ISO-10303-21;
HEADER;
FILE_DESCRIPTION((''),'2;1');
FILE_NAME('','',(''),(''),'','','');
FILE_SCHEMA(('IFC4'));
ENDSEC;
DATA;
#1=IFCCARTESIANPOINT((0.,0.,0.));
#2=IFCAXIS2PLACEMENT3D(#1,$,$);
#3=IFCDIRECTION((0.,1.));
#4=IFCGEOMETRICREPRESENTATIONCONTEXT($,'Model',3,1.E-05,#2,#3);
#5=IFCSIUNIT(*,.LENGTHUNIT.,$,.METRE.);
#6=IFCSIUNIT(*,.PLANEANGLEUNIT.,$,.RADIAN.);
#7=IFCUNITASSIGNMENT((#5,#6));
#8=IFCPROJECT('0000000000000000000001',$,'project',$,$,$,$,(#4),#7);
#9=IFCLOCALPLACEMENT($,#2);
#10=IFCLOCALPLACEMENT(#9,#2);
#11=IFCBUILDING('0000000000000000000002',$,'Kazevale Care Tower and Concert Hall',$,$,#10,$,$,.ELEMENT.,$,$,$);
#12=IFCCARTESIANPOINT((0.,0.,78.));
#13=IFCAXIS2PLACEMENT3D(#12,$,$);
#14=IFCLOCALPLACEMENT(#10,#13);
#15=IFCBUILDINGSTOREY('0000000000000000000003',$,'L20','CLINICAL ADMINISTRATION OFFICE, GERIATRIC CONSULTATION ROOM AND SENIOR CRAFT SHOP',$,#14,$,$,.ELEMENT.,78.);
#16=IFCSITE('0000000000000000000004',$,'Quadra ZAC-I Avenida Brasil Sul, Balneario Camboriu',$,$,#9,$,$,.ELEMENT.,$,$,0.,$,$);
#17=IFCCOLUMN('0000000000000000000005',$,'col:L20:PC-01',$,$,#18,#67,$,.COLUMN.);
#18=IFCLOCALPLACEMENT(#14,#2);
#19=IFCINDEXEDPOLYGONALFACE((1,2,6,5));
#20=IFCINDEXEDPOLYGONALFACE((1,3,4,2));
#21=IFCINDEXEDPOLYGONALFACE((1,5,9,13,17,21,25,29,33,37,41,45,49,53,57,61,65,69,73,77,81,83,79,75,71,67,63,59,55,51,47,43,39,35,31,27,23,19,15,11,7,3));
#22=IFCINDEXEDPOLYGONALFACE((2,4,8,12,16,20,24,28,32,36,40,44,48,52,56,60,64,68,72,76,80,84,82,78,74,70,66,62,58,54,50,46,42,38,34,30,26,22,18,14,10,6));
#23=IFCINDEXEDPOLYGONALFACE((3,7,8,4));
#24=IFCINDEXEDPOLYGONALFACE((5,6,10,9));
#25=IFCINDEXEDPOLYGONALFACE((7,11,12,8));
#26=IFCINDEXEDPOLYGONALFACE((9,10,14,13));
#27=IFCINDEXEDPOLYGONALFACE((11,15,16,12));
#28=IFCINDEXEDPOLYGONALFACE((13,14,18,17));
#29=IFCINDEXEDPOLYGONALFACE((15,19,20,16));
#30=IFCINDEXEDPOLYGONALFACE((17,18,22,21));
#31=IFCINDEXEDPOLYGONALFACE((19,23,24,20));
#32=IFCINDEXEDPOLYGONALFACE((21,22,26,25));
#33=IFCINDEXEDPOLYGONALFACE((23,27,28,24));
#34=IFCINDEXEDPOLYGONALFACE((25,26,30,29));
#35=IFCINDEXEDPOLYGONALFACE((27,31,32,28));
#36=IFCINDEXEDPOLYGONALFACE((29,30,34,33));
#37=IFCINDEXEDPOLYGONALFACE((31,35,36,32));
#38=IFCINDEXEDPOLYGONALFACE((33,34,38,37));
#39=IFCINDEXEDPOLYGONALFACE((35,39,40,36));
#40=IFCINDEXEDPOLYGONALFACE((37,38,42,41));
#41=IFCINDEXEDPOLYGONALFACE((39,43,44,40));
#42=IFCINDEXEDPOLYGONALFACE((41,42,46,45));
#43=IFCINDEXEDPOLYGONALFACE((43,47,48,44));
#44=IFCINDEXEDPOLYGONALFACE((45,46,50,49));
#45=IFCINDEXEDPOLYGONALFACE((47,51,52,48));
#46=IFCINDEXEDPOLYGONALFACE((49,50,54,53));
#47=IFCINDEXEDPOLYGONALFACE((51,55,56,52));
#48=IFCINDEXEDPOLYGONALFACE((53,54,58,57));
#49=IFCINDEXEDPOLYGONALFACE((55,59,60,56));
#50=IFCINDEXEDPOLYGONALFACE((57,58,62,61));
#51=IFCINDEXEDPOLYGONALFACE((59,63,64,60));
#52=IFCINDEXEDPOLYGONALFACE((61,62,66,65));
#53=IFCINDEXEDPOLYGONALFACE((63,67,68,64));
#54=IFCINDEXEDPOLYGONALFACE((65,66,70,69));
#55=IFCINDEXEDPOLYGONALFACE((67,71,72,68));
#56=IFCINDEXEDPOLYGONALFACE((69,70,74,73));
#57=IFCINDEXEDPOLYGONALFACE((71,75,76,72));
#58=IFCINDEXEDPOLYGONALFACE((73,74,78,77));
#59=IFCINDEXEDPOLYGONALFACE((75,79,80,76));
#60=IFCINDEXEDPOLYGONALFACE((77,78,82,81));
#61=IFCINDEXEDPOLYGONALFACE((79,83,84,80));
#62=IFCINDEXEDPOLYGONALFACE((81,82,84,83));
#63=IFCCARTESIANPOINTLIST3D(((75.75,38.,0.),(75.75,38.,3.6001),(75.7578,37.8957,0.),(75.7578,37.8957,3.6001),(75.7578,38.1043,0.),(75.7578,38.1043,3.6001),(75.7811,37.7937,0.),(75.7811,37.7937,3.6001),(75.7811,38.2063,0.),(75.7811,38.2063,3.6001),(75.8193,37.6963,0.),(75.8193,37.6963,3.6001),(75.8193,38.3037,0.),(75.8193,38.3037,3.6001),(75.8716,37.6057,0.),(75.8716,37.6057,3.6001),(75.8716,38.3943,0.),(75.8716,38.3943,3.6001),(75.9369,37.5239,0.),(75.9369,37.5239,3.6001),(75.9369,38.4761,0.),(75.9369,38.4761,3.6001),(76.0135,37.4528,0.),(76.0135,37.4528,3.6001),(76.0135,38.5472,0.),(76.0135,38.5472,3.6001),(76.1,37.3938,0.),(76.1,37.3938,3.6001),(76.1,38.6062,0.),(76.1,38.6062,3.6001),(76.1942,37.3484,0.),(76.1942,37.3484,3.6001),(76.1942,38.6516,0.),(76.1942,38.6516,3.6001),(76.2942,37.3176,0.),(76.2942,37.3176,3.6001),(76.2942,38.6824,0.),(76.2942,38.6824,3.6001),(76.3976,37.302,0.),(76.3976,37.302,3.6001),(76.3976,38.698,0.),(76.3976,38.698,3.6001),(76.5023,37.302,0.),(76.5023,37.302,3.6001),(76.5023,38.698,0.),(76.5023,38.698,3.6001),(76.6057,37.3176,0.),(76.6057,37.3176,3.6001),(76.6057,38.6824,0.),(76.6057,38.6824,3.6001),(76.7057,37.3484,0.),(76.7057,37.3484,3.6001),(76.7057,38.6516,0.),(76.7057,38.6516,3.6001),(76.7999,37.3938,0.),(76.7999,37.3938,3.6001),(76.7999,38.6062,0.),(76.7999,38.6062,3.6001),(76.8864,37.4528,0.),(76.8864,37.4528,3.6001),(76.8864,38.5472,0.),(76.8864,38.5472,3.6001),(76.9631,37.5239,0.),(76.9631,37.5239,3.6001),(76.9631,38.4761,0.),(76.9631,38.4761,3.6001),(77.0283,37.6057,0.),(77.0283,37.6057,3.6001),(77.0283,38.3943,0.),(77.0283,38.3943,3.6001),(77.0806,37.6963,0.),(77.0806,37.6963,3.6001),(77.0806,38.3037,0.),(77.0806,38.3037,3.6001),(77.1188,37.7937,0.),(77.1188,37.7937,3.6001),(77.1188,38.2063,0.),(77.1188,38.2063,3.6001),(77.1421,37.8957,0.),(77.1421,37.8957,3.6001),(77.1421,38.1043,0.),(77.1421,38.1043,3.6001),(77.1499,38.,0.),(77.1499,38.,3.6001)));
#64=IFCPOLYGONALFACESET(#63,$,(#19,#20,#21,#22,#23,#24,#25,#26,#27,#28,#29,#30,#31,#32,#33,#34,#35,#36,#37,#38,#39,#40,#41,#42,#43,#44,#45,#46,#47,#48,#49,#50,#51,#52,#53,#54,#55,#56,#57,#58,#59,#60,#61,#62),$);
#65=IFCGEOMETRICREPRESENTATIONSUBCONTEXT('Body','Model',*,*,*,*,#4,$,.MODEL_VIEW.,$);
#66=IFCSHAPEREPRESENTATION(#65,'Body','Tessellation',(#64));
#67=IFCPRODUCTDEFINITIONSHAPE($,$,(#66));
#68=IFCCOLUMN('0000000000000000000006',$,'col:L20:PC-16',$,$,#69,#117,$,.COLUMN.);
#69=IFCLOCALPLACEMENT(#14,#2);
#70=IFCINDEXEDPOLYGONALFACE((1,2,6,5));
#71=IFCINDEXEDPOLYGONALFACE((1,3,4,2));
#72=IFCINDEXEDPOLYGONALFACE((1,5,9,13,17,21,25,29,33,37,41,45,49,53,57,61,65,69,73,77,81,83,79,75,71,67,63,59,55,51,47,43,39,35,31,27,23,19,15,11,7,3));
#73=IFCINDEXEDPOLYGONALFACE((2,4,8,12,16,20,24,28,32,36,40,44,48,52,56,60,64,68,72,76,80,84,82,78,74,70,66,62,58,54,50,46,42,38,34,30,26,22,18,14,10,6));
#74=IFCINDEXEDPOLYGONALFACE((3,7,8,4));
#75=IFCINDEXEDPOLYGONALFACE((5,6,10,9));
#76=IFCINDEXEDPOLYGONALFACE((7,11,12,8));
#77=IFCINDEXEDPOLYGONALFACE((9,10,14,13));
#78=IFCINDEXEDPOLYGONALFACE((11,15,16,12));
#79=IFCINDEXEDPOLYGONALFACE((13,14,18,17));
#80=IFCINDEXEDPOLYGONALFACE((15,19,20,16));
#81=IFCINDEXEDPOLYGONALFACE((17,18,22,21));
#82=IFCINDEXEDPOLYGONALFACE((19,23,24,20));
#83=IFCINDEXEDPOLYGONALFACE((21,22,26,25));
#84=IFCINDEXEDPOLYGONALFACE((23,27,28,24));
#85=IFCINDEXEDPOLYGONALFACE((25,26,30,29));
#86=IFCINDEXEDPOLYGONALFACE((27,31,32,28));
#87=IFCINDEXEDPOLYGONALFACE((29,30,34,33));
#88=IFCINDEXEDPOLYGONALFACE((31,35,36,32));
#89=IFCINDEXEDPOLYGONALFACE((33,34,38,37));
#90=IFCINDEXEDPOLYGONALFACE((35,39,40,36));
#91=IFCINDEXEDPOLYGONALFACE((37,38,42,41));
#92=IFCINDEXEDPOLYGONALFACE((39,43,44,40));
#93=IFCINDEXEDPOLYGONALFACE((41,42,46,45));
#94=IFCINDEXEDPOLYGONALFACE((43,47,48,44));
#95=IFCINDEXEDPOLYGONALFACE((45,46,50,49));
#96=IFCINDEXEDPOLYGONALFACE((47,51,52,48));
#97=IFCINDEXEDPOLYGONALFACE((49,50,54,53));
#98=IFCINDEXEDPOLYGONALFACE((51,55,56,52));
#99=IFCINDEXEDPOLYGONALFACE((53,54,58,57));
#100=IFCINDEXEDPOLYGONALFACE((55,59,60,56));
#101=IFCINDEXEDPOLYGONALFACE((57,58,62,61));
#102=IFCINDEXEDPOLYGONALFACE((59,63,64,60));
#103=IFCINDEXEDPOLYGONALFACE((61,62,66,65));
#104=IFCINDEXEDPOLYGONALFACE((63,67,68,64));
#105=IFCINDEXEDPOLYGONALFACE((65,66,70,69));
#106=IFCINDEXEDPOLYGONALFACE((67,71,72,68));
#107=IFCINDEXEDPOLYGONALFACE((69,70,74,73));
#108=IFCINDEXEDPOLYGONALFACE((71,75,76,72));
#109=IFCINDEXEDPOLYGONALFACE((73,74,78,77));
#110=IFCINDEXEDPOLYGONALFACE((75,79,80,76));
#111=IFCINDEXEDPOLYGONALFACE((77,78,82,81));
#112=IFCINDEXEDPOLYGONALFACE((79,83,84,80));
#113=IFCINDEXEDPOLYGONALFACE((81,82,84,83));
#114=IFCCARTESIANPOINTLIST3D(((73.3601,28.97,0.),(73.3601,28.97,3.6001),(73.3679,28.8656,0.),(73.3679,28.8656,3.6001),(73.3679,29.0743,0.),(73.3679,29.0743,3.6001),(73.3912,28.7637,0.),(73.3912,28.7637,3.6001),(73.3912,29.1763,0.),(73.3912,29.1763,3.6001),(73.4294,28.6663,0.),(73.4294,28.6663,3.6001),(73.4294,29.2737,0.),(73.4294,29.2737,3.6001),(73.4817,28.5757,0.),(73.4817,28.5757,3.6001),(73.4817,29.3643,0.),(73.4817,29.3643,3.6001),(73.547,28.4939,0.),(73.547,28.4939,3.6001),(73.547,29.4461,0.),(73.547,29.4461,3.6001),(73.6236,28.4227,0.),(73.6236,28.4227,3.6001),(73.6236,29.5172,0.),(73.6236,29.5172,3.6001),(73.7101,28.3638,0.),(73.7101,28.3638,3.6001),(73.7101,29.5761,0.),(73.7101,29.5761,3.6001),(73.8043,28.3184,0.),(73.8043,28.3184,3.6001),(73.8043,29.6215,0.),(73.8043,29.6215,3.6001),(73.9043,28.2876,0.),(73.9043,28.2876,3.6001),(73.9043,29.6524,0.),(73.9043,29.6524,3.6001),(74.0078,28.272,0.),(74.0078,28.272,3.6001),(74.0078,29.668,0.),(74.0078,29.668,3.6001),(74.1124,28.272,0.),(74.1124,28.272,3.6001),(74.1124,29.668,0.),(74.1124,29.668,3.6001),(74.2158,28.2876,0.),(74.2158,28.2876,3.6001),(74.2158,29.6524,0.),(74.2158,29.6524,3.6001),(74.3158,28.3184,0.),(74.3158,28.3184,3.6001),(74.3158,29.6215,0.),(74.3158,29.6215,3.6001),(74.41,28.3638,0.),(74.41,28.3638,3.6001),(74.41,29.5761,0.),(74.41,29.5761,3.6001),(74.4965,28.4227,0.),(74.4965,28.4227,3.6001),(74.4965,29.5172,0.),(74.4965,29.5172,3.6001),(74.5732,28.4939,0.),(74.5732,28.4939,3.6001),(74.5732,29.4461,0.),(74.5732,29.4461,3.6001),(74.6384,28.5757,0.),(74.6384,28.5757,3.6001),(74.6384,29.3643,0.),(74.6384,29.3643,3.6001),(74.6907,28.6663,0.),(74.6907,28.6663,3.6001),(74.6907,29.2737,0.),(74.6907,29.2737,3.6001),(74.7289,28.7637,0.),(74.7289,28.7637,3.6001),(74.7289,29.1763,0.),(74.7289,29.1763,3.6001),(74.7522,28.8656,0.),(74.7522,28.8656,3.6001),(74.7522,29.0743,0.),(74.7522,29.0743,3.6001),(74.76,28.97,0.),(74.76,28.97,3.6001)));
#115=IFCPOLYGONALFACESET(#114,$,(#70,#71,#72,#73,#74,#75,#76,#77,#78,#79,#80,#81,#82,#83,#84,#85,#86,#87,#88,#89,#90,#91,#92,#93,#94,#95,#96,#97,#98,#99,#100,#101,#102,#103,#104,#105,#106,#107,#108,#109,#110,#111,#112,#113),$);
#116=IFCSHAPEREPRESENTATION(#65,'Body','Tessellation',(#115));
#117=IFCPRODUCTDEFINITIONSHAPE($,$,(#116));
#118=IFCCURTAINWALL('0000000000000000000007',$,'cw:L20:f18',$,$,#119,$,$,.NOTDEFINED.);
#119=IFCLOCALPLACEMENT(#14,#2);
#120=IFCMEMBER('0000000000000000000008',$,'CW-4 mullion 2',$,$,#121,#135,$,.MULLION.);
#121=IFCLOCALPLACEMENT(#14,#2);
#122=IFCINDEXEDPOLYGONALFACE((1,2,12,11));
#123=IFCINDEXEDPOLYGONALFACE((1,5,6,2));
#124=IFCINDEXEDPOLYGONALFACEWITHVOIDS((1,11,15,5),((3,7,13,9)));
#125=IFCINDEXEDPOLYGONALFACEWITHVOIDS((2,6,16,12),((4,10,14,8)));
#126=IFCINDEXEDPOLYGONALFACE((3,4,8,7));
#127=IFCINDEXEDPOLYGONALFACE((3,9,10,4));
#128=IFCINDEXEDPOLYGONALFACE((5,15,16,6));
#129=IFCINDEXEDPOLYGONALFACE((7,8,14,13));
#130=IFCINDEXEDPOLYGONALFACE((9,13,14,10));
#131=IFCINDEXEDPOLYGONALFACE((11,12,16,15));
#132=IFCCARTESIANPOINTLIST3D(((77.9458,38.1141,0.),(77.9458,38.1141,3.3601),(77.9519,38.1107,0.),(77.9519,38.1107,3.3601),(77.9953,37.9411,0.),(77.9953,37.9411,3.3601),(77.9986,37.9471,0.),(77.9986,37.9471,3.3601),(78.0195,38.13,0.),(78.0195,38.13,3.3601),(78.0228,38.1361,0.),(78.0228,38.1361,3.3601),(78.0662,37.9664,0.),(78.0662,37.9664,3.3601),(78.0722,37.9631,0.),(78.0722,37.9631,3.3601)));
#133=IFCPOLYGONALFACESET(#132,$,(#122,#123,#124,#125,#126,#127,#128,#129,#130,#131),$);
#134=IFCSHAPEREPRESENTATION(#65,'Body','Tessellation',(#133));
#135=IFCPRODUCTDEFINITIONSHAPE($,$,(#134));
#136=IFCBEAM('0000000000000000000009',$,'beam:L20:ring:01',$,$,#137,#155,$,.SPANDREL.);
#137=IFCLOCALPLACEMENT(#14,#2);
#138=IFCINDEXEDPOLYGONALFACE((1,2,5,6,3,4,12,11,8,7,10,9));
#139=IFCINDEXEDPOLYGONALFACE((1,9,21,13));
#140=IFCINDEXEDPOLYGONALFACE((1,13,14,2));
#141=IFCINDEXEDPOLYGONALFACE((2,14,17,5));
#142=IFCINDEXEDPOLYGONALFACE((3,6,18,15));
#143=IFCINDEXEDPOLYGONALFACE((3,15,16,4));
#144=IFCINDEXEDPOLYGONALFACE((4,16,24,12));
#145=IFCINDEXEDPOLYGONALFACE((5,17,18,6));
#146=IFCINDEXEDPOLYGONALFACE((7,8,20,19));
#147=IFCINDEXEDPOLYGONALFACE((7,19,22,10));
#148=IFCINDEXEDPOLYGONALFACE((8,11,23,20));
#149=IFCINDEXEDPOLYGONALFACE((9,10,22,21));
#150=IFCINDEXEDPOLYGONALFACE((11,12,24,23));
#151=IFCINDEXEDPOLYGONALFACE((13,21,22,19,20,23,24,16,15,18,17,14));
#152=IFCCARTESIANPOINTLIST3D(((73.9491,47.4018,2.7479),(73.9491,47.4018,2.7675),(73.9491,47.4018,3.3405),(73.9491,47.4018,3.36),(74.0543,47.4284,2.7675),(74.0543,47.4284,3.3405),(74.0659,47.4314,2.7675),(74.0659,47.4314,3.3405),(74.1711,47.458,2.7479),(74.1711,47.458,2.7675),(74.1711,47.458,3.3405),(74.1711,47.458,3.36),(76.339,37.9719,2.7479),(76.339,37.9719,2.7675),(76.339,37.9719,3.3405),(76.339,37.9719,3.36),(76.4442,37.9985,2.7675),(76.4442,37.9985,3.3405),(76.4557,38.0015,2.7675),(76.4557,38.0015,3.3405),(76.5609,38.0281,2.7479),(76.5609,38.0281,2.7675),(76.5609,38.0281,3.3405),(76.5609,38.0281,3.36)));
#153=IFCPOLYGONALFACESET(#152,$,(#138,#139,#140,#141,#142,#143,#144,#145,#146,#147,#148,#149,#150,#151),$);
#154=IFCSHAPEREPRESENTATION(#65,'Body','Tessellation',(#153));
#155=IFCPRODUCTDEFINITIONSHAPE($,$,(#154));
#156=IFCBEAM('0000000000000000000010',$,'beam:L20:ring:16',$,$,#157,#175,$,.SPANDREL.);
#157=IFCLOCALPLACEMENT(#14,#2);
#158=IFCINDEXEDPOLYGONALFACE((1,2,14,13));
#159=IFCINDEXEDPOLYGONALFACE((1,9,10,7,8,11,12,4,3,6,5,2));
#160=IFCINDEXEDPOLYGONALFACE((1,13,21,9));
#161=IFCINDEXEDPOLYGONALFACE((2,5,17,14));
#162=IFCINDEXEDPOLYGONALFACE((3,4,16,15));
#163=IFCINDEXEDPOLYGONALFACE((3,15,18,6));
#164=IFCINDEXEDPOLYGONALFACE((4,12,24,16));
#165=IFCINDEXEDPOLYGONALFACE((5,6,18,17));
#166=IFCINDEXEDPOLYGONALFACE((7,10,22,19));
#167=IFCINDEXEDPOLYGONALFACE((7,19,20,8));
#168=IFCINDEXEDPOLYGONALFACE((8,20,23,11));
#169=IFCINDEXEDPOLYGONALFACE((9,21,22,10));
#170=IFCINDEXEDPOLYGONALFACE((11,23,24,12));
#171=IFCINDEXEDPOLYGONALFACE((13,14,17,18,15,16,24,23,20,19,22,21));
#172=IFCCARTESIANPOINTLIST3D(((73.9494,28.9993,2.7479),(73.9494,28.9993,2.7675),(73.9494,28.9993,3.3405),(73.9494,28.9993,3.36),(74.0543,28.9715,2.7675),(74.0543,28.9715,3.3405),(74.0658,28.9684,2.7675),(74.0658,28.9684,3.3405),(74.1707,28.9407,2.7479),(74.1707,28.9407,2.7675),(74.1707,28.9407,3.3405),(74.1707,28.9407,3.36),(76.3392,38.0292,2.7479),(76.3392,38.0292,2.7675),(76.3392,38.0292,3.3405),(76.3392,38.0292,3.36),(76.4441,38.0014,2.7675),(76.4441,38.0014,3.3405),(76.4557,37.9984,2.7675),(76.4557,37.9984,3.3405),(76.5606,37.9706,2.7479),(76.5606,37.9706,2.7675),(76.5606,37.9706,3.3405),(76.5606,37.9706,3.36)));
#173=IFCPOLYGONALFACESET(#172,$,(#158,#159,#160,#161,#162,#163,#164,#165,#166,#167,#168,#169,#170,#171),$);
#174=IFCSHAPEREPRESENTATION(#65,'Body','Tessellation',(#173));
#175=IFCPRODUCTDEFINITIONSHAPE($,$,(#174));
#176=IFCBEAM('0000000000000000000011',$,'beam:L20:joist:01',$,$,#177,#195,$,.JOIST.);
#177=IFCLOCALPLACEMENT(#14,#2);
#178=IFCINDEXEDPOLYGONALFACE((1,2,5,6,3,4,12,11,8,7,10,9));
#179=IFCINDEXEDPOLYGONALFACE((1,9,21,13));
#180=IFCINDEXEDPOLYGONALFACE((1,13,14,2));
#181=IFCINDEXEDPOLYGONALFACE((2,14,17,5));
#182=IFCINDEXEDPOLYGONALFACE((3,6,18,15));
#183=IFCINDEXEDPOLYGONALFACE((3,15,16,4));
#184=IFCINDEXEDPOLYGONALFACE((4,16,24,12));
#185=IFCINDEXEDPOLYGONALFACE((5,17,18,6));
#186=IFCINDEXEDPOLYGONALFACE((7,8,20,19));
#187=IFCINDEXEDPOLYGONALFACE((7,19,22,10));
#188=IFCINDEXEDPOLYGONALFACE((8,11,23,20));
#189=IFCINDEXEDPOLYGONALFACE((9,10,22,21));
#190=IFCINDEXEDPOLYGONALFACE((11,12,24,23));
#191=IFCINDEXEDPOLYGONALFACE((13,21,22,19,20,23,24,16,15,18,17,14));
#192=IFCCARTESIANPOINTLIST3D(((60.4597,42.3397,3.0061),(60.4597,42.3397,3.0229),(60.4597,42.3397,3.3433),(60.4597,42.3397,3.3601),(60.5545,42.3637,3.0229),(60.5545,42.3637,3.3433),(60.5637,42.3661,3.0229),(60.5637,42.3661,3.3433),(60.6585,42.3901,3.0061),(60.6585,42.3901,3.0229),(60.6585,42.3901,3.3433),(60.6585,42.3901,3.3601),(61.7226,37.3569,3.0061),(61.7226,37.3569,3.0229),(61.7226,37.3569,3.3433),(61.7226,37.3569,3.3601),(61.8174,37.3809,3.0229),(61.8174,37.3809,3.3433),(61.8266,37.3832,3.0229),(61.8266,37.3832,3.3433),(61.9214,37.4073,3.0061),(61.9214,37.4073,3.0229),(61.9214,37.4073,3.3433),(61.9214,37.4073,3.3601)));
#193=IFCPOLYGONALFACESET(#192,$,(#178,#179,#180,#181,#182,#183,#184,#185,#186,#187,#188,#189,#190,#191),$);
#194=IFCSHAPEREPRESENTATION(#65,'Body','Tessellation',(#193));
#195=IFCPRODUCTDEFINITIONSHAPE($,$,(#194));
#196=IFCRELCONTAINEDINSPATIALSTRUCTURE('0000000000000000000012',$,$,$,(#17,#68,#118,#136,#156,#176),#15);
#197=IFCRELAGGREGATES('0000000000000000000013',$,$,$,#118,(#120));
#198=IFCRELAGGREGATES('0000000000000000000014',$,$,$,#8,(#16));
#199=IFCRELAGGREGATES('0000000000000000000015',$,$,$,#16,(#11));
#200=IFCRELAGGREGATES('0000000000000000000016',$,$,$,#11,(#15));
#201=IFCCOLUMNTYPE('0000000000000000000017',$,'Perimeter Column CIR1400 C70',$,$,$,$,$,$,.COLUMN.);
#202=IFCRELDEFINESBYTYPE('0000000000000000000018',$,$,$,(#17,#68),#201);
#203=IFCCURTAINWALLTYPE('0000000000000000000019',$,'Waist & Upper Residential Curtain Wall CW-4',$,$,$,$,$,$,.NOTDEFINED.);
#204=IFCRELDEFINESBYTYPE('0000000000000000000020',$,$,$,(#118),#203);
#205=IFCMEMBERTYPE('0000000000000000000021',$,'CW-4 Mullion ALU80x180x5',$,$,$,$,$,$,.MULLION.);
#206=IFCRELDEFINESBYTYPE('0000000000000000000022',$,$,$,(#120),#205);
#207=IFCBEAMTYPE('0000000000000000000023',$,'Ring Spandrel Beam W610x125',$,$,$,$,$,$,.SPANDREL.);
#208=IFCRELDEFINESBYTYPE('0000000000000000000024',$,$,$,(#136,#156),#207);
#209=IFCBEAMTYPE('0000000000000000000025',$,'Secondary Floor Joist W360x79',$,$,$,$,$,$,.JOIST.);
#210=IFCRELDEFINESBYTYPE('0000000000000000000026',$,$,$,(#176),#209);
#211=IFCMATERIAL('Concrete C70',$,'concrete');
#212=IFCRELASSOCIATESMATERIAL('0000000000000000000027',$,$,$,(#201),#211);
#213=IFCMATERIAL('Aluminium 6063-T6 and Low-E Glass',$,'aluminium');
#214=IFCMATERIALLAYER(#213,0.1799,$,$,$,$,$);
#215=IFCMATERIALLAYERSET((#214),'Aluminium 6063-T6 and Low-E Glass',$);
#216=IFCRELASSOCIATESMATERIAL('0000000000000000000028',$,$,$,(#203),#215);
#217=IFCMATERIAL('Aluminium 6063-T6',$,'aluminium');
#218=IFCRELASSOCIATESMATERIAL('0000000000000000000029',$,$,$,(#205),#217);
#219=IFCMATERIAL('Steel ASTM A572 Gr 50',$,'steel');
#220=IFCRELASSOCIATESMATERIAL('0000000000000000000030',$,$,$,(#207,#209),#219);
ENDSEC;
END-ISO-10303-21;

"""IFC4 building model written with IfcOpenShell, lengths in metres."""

from ifc_helpers import new_model, si_unit, direction, frame, origin, origin_2d, place, context, subcontext, project, spatial, hollow_rectangle, circle, i_section, extrude, material, layer, layer_set, material_profile, profile_set, type_object, element, aggregate, save


model = new_model("IFC4")

# Units and contexts
model_context = context("Model", 3, precision=1e-05, world=origin(), true_north=direction((0.0, 1.0)))
body_context = subcontext(model_context, "Body", "Model", "MODEL_VIEW")
ifc_project = project(units=[si_unit("LENGTHUNIT", "METRE"), si_unit("PLANEANGLEUNIT", "RADIAN")], contexts=[model_context])

# Site, building, storey
site_placement = place(None, origin())
site = spatial("IfcSite", under=ifc_project, at=site_placement, Name="Quadra ZAC-I Avenida Brasil Sul, Balneario Camboriu", CompositionType="ELEMENT", RefElevation=0.0)
building_placement = place(site_placement, origin())
building = spatial("IfcBuilding", under=site, at=building_placement, Name="Kazevale Care Tower and Concert Hall", CompositionType="ELEMENT")
storey_placement = place(building_placement, frame((0.0, 0.0, 78.0)))
storey = spatial("IfcBuildingStorey", under=building, at=storey_placement, Name="L20", Description="CLINICAL ADMINISTRATION OFFICE, GERIATRIC CONSULTATION ROOM AND SENIOR CRAFT SHOP", CompositionType="ELEMENT", Elevation=78.0)

# Columns
ifc_material_1 = material(Name="Concrete C70", Category="concrete")
ifc_material_profile_1 = material_profile(ifc_material_1, circle(Radius=0.7, at=origin_2d()), Name="RC-CIR1400")
ifc_profile_set_1 = profile_set([ifc_material_profile_1], Name="Concrete C70")
column_type = type_object("IfcColumnType", Name="Perimeter Column CIR1400 C70", PredefinedType="COLUMN", material=ifc_profile_set_1)
for number, where, z_axis, x_axis, name in (
    (1, (76.45, 38.0, 0.0), (0.0, 0.0, 1.0), (1.0, 0.0, 0.0), "col:L20:PC-01"),
    (2, (74.0601, 28.97, 0.0), (0.0, 0.0, 1.0), (1.0, 0.0, 0.0), "col:L20:PC-16"),
):
    element("IfcColumn", number, at=place(storey_placement, frame(where, z_axis=z_axis, x_axis=x_axis)), inside=storey, type_object=column_type, Name=name, PredefinedType="COLUMN", context=body_context, shape_type="SweptSolid", body=[
        extrude(circle(Radius=0.7, at=origin_2d()), origin(), (0.0, 0.0, 1.0), 3.6001),
    ])

# Curtain wall, member
ifc_material_2 = material(Name="Aluminium 6063-T6 and Low-E Glass", Category="aluminium")
ifc_layer_1 = layer(ifc_material_2, 0.1799)
ifc_layer_set_1 = layer_set([ifc_layer_1], Name="Aluminium 6063-T6 and Low-E Glass")
curtain_wall_type = type_object("IfcCurtainWallType", Name="Waist & Upper Residential Curtain Wall CW-4", PredefinedType="NOTDEFINED", material=ifc_layer_set_1)
curtain_wall_placement = place(storey_placement, origin())
curtain_wall = element("IfcCurtainWall", 3, at=curtain_wall_placement, inside=storey, type_object=curtain_wall_type, Name="cw:L20:f18", PredefinedType="NOTDEFINED")
ifc_material_3 = material(Name="Aluminium 6063-T6", Category="aluminium")
ifc_material_profile_2 = material_profile(ifc_material_3, hollow_rectangle(XDim=0.0801, YDim=0.1799, WallThickness=0.0049, at=origin_2d()), Name="ALU80x180x5")
ifc_profile_set_2 = profile_set([ifc_material_profile_2], Name="Aluminium 6063-T6")
member_type = type_object("IfcMemberType", Name="CW-4 Mullion ALU80x180x5", PredefinedType="MULLION", material=ifc_profile_set_2)
member_placement = place(storey_placement, frame((78.009, 38.0386, 0.0), z_axis=(0.0, 0.0, 1.0), x_axis=(0.961521, 0.274732, 0.0)))
member = element("IfcMember", 4, at=member_placement, type_object=member_type, Name="CW-4 mullion 2", PredefinedType="MULLION", context=body_context, shape_type="SweptSolid", body=[
    extrude(hollow_rectangle(XDim=0.0801, YDim=0.1799, WallThickness=0.0049, at=origin_2d()), origin(), (0.0, 0.0, 1.0), 3.3601),
])

# Beams
ifc_material_4 = material(Name="Steel ASTM A572 Gr 50", Category="steel")
ifc_material_profile_3 = material_profile(ifc_material_4, i_section(OverallWidth=0.229, OverallDepth=0.6121, WebThickness=0.012, FlangeThickness=0.0195, at=origin_2d()), Name="W610x125")
ifc_profile_set_3 = profile_set([ifc_material_profile_3], Name="Steel ASTM A572 Gr 50")
beam_type_1 = type_object("IfcBeamType", Name="Ring Spandrel Beam W610x125", PredefinedType="SPANDREL", material=ifc_profile_set_3)
beam_1_placement = place(storey_placement, frame((76.45, 38.0, 3.054), z_axis=(-0.24567, 0.969354, 0.0), x_axis=(-0.969354, -0.24567, 0.0)))
element("IfcBeam", 5, at=beam_1_placement, inside=storey, type_object=beam_type_1, Name="beam:L20:ring:01", PredefinedType="SPANDREL", context=body_context, shape_type="SweptSolid", body=[
    extrude(i_section(OverallWidth=0.229, OverallDepth=0.6121, WebThickness=0.012, FlangeThickness=0.0195, at=origin_2d()), origin(), (0.0, 0.0, 1.0), 9.728),
])
beam_2_placement = place(storey_placement, frame((74.0601, 28.97, 3.054), z_axis=(0.255852, 0.966716, 0.0), x_axis=(-0.966716, 0.255852, 0.0)))
element("IfcBeam", 6, at=beam_2_placement, inside=storey, type_object=beam_type_1, Name="beam:L20:ring:16", PredefinedType="SPANDREL", context=body_context, shape_type="SweptSolid", body=[
    extrude(i_section(OverallWidth=0.229, OverallDepth=0.6121, WebThickness=0.012, FlangeThickness=0.0195, at=origin_2d()), origin(), (0.0, 0.0, 1.0), 9.3408),
])
ifc_material_profile_4 = material_profile(ifc_material_4, i_section(OverallWidth=0.2051, OverallDepth=0.354, WebThickness=0.0095, FlangeThickness=0.0168, at=origin_2d()), Name="W360x79")
ifc_profile_set_4 = profile_set([ifc_material_profile_4], Name="Steel ASTM A572 Gr 50")
beam_type_2 = type_object("IfcBeamType", Name="Secondary Floor Joist W360x79", PredefinedType="JOIST", material=ifc_profile_set_4)
beam_3_placement = place(storey_placement, frame((61.822, 37.3821, 3.1831), z_axis=(-0.245686, 0.96935, 0.0), x_axis=(-0.96935, -0.245686, 0.0)))
element("IfcBeam", 7, at=beam_3_placement, inside=storey, type_object=beam_type_2, Name="beam:L20:joist:01", PredefinedType="JOIST", context=body_context, shape_type="SweptSolid", body=[
    extrude(i_section(OverallWidth=0.2051, OverallDepth=0.354, WebThickness=0.0095, FlangeThickness=0.0168, at=origin_2d()), origin(), (0.0, 0.0, 1.0), 5.1404),
])

aggregate(curtain_wall, [member])

save(model, "model.ifc")
